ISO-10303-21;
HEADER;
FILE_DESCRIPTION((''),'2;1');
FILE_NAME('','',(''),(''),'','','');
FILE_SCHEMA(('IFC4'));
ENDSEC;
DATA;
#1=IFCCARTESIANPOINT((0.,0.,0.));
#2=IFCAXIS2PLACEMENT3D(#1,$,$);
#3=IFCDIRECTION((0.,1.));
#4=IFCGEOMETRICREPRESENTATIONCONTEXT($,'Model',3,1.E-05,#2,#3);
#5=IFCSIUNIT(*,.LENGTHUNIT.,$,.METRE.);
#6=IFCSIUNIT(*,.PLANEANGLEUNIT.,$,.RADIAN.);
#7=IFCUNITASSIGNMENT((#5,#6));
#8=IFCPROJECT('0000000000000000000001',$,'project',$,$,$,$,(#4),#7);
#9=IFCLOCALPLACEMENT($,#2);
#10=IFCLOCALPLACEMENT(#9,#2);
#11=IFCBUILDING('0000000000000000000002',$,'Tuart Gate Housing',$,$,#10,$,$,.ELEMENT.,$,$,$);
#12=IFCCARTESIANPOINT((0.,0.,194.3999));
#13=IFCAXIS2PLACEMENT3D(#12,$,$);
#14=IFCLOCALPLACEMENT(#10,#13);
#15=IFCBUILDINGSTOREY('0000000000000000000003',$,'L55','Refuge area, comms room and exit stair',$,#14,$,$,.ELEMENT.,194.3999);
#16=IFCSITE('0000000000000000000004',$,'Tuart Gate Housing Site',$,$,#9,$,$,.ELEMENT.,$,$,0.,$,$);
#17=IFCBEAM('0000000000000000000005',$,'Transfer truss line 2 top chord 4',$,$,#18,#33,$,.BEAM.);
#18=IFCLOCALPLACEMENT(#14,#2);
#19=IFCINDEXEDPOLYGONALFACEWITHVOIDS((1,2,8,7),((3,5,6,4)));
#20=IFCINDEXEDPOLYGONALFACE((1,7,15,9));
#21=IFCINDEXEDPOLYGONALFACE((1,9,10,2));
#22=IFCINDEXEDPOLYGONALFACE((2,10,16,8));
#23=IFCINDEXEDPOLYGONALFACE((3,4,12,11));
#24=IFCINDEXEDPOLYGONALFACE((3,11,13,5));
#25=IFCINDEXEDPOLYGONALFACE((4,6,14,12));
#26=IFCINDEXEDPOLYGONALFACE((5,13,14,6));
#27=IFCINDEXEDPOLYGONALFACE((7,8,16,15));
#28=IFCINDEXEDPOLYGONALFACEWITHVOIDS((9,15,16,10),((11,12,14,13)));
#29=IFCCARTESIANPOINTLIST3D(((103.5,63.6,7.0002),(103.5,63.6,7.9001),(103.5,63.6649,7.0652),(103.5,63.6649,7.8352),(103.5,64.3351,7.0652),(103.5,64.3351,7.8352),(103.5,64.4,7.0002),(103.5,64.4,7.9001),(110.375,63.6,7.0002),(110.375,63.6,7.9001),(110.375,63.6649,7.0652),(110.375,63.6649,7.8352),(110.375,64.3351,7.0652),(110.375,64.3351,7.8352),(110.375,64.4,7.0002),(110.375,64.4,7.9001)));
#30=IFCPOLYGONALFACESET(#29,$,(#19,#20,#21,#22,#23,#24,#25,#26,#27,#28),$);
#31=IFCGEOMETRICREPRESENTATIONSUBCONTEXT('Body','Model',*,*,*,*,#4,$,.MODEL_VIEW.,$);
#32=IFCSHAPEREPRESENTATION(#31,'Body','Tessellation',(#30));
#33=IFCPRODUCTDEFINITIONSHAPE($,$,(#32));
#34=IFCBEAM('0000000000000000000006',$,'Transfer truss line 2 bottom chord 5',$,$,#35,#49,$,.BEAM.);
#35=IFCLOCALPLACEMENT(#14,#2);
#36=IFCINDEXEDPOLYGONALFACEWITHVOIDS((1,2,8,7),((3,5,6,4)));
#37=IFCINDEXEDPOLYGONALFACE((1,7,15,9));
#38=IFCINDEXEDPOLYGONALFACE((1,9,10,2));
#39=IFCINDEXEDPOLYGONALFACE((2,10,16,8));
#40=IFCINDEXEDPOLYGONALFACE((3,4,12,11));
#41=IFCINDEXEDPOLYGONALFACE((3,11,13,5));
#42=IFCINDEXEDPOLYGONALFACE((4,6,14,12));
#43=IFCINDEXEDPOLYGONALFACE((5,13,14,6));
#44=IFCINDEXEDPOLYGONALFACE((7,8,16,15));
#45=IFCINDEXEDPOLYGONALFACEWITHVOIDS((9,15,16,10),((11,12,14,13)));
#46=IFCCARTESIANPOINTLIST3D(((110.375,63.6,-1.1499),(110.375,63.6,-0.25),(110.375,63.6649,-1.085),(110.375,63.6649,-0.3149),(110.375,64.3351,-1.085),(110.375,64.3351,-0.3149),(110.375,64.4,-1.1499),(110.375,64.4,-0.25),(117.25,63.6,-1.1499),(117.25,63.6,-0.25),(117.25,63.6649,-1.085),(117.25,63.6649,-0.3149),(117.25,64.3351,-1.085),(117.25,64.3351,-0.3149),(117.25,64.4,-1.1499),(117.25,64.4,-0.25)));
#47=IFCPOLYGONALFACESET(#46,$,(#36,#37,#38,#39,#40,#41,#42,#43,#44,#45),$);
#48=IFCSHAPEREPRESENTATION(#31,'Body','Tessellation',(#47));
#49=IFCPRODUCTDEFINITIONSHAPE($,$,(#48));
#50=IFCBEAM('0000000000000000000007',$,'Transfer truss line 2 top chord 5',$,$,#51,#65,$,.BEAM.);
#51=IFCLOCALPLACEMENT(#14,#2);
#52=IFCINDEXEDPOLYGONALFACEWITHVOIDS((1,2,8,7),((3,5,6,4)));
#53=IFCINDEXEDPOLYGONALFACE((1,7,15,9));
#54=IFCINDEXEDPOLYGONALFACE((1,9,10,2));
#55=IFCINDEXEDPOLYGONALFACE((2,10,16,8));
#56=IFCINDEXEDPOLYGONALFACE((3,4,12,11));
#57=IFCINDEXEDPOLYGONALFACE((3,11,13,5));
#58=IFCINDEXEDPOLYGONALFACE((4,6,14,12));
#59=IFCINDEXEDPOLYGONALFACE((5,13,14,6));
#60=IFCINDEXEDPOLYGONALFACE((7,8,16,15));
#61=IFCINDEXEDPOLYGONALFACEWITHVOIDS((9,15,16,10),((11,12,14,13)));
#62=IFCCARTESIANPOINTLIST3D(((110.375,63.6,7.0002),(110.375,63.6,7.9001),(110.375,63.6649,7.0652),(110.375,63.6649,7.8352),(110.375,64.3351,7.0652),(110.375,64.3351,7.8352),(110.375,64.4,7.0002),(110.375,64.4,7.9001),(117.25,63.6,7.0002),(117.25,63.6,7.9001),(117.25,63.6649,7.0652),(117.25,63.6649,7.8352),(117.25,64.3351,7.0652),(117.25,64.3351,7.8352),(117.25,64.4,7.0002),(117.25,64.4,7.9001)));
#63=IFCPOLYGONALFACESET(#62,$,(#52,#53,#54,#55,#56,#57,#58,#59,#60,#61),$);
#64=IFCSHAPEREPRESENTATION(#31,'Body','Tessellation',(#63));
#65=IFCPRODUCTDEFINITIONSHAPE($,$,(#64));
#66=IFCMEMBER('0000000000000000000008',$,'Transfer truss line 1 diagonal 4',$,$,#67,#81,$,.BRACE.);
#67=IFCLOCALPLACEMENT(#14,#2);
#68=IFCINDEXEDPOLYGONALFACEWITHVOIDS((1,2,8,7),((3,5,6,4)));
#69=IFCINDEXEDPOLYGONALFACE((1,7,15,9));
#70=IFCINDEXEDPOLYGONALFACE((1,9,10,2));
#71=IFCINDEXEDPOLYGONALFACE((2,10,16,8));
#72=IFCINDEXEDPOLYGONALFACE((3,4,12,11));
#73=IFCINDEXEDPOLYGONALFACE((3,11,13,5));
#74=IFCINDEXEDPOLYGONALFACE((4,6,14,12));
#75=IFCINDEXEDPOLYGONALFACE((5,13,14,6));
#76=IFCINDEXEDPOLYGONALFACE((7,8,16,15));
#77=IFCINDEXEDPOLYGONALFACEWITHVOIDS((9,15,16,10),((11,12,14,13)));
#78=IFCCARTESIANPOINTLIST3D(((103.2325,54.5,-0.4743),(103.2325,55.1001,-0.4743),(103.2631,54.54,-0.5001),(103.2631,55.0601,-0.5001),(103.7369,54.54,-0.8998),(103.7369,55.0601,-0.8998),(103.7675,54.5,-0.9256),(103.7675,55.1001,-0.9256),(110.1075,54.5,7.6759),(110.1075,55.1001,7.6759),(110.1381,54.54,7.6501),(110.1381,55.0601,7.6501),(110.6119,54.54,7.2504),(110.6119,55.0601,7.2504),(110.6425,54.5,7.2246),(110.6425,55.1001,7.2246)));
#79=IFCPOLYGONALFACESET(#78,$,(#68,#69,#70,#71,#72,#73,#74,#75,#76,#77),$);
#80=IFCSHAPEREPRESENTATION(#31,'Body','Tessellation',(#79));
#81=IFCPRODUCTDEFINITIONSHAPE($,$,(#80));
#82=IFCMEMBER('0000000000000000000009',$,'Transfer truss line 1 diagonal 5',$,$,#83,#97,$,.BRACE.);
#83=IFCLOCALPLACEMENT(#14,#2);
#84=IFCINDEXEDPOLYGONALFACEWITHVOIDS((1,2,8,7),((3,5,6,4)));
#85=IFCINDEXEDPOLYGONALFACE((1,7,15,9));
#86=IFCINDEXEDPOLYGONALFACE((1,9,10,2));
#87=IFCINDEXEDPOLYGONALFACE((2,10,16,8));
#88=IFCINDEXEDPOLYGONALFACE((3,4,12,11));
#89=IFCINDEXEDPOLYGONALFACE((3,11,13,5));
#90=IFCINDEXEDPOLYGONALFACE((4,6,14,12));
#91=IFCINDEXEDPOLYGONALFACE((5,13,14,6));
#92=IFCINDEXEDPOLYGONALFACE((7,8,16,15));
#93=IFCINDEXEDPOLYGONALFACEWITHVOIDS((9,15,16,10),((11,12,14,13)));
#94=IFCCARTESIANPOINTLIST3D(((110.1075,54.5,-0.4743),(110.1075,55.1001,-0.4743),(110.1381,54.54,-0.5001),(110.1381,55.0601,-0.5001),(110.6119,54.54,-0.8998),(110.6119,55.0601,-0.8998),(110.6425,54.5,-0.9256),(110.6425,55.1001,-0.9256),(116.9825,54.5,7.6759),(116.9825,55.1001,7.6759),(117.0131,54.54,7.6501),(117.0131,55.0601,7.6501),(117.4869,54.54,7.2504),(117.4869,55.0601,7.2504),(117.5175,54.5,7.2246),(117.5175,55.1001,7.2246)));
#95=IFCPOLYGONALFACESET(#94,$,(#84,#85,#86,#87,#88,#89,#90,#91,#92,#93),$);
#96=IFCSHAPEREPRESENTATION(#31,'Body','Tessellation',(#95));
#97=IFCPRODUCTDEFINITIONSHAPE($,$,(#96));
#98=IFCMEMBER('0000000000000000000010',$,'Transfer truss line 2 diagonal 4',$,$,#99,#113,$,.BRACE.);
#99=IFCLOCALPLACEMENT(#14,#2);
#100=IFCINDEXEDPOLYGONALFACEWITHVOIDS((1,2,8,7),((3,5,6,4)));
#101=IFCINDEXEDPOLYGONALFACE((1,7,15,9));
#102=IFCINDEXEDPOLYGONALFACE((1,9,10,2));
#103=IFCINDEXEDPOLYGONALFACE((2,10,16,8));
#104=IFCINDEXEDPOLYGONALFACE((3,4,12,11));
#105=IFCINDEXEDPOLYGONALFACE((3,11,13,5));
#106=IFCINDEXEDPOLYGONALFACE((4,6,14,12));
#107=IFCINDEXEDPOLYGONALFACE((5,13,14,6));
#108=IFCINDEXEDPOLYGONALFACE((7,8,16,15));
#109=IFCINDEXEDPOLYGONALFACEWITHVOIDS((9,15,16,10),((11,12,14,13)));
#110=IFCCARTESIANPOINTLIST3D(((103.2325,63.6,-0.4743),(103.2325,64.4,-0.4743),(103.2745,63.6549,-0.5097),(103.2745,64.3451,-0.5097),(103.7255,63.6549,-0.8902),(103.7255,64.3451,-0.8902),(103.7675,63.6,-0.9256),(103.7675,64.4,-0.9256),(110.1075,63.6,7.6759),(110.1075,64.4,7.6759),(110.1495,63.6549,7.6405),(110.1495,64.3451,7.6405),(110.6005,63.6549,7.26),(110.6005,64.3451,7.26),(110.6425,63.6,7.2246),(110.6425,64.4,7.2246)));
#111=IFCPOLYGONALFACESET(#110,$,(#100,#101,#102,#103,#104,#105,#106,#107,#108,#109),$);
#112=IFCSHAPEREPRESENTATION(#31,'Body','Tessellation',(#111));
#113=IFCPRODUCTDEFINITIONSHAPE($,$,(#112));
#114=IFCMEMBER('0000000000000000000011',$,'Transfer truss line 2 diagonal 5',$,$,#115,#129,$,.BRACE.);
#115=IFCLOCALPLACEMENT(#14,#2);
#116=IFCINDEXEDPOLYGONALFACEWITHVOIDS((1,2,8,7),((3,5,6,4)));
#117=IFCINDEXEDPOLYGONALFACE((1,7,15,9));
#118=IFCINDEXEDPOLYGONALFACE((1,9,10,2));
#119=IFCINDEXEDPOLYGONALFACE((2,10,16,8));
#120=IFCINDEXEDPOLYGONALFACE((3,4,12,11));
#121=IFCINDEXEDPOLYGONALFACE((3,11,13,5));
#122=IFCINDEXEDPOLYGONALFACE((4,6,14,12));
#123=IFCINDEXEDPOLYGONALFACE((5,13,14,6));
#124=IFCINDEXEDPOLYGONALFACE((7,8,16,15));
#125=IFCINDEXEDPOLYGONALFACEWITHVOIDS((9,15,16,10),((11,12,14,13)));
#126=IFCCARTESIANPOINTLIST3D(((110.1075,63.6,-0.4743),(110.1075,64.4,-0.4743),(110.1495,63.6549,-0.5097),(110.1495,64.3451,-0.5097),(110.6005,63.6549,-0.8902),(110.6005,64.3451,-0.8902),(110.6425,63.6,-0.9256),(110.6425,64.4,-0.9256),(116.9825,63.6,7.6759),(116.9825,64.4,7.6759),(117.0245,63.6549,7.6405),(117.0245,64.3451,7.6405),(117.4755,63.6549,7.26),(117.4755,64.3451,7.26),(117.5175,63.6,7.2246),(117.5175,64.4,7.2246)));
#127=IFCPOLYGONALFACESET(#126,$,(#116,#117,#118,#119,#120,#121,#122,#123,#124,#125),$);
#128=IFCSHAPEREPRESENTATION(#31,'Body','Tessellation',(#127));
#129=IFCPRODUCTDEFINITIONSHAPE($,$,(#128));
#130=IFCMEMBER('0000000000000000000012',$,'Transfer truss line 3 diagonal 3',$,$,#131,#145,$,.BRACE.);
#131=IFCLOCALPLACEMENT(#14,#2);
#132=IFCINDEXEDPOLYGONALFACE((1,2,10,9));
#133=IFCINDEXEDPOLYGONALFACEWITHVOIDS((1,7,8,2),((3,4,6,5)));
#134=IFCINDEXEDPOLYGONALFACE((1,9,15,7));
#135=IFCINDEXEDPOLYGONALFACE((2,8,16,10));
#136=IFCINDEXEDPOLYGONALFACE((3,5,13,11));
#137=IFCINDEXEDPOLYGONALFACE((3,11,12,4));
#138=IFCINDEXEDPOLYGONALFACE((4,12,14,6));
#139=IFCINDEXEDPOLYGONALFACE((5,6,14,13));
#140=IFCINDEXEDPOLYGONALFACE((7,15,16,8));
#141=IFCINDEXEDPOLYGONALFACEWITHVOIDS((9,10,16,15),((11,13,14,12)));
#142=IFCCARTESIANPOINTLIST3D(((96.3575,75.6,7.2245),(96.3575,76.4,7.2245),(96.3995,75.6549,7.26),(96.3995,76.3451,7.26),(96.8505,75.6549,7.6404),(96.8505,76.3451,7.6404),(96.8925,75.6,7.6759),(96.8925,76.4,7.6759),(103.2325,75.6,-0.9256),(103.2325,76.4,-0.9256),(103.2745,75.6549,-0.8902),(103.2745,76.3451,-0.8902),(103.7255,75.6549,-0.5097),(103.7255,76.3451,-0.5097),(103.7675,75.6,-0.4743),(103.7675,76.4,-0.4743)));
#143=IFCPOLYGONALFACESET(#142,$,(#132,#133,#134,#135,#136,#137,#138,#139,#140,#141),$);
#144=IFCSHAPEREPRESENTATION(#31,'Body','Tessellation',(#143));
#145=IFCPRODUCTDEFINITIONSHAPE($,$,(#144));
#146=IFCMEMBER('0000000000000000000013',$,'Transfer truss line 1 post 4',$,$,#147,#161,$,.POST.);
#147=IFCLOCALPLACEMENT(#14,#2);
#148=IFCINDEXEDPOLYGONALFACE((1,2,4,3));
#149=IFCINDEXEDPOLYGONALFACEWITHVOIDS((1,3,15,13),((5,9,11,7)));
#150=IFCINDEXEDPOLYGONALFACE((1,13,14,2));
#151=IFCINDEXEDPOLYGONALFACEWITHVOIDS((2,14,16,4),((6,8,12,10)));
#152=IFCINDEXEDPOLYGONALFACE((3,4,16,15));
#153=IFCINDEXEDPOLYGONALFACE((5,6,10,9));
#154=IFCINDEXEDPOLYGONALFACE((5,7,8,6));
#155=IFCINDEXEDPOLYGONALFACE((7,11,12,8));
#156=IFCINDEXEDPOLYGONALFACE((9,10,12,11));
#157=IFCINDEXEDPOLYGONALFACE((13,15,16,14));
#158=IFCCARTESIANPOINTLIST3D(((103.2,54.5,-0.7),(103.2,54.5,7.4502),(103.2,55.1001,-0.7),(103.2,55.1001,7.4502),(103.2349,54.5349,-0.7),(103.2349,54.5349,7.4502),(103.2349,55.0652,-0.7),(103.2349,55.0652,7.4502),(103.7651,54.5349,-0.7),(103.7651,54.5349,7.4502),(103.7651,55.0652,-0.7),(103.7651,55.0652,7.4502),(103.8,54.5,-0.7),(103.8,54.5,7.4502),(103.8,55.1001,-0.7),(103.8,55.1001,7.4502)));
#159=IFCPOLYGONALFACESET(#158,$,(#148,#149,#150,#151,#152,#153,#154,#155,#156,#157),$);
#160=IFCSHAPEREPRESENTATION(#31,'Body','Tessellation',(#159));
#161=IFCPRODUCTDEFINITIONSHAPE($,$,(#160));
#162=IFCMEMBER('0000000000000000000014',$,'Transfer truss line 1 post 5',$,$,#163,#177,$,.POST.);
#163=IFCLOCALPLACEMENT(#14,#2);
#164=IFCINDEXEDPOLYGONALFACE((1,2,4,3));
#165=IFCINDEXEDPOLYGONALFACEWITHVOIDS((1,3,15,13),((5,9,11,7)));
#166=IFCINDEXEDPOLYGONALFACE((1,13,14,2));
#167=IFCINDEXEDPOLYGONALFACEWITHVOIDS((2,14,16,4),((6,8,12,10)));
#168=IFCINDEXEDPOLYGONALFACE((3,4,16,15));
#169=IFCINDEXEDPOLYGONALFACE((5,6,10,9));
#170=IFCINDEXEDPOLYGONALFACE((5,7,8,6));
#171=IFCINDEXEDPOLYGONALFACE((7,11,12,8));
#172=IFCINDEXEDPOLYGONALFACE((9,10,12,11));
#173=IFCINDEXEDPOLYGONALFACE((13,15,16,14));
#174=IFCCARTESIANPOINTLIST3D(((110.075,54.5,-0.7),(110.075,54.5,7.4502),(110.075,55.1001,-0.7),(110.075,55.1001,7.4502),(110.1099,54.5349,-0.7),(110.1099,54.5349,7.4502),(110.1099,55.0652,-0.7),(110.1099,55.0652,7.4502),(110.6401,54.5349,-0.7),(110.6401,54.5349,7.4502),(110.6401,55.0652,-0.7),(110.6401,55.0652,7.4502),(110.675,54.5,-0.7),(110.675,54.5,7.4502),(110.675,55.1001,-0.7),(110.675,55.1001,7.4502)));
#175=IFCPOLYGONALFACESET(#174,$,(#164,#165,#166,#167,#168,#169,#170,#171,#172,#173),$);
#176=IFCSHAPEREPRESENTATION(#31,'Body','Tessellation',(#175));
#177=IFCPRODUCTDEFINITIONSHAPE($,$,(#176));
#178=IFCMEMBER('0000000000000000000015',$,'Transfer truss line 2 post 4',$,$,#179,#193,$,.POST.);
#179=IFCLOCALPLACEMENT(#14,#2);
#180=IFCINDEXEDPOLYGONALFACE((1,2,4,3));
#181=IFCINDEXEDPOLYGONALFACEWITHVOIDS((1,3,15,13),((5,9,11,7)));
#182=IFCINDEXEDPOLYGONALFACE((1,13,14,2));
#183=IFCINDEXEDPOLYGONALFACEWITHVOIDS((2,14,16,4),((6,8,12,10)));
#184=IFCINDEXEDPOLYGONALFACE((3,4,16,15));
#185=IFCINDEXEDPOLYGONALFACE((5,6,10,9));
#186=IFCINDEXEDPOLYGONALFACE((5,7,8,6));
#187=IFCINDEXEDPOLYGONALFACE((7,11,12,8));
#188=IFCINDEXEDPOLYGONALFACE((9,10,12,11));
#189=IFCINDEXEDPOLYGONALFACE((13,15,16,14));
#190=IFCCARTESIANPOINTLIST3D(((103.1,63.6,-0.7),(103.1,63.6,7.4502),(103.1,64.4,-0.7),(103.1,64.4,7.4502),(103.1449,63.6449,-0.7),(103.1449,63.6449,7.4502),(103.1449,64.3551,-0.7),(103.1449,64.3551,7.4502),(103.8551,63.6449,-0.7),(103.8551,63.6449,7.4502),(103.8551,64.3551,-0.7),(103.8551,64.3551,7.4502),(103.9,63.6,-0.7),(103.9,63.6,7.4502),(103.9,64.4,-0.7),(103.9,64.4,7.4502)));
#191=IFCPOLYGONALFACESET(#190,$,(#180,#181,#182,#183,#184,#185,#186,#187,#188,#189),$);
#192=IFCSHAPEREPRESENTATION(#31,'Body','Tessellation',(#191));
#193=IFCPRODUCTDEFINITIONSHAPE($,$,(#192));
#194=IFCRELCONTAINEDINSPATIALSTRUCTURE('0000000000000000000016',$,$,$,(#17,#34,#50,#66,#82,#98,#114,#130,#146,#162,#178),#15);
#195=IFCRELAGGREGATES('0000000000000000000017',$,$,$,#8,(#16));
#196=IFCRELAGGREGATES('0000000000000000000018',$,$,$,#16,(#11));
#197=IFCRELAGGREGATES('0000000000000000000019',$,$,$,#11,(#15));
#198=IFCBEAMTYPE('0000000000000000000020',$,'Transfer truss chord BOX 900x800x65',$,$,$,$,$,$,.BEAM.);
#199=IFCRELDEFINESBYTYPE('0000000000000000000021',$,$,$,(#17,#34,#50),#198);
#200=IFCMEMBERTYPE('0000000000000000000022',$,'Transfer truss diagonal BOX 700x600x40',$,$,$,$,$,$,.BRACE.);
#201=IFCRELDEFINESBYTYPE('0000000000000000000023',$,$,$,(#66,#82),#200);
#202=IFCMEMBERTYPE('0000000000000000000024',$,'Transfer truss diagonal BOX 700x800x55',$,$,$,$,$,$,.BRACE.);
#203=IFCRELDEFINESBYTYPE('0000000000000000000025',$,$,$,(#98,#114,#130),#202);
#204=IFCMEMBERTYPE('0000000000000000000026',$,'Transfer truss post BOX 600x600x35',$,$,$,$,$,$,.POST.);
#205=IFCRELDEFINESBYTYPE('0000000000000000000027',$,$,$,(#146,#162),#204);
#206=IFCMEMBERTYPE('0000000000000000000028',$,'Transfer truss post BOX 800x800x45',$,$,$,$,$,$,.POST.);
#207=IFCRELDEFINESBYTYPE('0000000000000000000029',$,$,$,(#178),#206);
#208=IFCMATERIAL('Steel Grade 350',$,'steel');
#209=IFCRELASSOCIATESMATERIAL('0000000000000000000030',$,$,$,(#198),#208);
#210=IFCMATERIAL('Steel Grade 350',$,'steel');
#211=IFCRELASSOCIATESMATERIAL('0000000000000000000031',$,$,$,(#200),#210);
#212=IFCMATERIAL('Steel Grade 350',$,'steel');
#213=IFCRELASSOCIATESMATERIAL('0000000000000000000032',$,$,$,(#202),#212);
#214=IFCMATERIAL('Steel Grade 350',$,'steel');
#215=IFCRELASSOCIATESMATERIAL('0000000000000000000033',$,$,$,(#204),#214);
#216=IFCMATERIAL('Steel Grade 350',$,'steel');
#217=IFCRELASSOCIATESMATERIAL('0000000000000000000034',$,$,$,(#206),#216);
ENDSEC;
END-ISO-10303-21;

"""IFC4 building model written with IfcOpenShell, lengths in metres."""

from ifc_helpers import new_model, si_unit, direction, frame, origin, origin_2d, place, context, subcontext, project, spatial, hollow_rectangle, extrude, material, material_profile, profile_set, type_object, element, save


model = new_model("IFC4")

# Units and contexts
model_context = context("Model", 3, precision=1e-05, world=origin(), true_north=direction((0.0, 1.0)))
body_context = subcontext(model_context, "Body", "Model", "MODEL_VIEW")
ifc_project = project(units=[si_unit("LENGTHUNIT", "METRE"), si_unit("PLANEANGLEUNIT", "RADIAN")], contexts=[model_context])

# Site, building, storey
site_placement = place(None, origin())
site = spatial("IfcSite", under=ifc_project, at=site_placement, Name="Tuart Gate Housing Site", CompositionType="ELEMENT", RefElevation=0.0)
building_placement = place(site_placement, origin())
building = spatial("IfcBuilding", under=site, at=building_placement, Name="Tuart Gate Housing", CompositionType="ELEMENT")
storey_placement = place(building_placement, frame((0.0, 0.0, 194.3999)))
storey = spatial("IfcBuildingStorey", under=building, at=storey_placement, Name="L55", Description="Refuge area, comms room and exit stair", CompositionType="ELEMENT", Elevation=194.3999)

# Beams
ifc_material_1 = material(Name="Steel Grade 350", Category="steel")
ifc_material_profile_1 = material_profile(ifc_material_1, hollow_rectangle(XDim=0.8, YDim=0.8999, WallThickness=0.0649, at=origin_2d()), Name="BOX 900x800x65")
ifc_profile_set_1 = profile_set([ifc_material_profile_1], Name="Steel Grade 350")
beam_type_1 = type_object("IfcBeamType", Name="Transfer truss chord BOX 900x800x65", PredefinedType="BEAM", material=ifc_profile_set_1)
for number, where, z_axis, x_axis, name in (
    (1, (103.5, 64.0, 7.4502), (1.0, 0.0, 0.0), (0.0, 1.0, 0.0), "Transfer truss line 2 top chord 4"),
    (2, (110.375, 64.0, -0.7), (1.0, 0.0, 0.0), (0.0, 1.0, 0.0), "Transfer truss line 2 bottom chord 5"),
    (3, (110.375, 64.0, 7.4502), (1.0, 0.0, 0.0), (0.0, 1.0, 0.0), "Transfer truss line 2 top chord 5"),
):
    element("IfcBeam", number, at=place(storey_placement, frame(where, z_axis=z_axis, x_axis=x_axis)), inside=storey, type_object=beam_type_1, Name=name, PredefinedType="BEAM", context=body_context, shape_type="SweptSolid", body=[
        extrude(hollow_rectangle(XDim=0.8, YDim=0.8999, WallThickness=0.0649, at=origin_2d()), origin(), (0.0, 0.0, 1.0), 6.875),
    ])

# Members
ifc_material_2 = material(Name="Steel Grade 350", Category="steel")
ifc_material_profile_2 = material_profile(ifc_material_2, hollow_rectangle(XDim=0.6001, YDim=0.7, WallThickness=0.04, at=origin_2d()), Name="BOX 700x600x40")
ifc_profile_set_2 = profile_set([ifc_material_profile_2], Name="Steel Grade 350")
member_type_1 = type_object("IfcMemberType", Name="Transfer truss diagonal BOX 700x600x40", PredefinedType="BRACE", material=ifc_profile_set_2)
for number, where, z_axis, x_axis, name in (
    (4, (103.5, 54.8, -0.7), (0.644779, 0.0, 0.764369), (0.0, 1.0, 0.0), "Transfer truss line 1 diagonal 4"),
    (5, (110.375, 54.8, -0.7), (0.644779, 0.0, 0.764369), (0.0, 1.0, 0.0), "Transfer truss line 1 diagonal 5"),
):
    element("IfcMember", number, at=place(storey_placement, frame(where, z_axis=z_axis, x_axis=x_axis)), inside=storey, type_object=member_type_1, Name=name, PredefinedType="BRACE", context=body_context, shape_type="SweptSolid", body=[
        extrude(hollow_rectangle(XDim=0.6001, YDim=0.7, WallThickness=0.04, at=origin_2d()), origin(), (0.0, 0.0, 1.0), 10.6626),
    ])
ifc_material_3 = material(Name="Steel Grade 350", Category="steel")
ifc_material_profile_3 = material_profile(ifc_material_3, hollow_rectangle(XDim=0.8, YDim=0.7, WallThickness=0.0549, at=origin_2d()), Name="BOX 700x800x55")
ifc_profile_set_3 = profile_set([ifc_material_profile_3], Name="Steel Grade 350")
member_type_2 = type_object("IfcMemberType", Name="Transfer truss diagonal BOX 700x800x55", PredefinedType="BRACE", material=ifc_profile_set_3)
for number, where, z_axis, x_axis, name in (
    (6, (103.5, 64.0, -0.7), (0.644779, 0.0, 0.764369), (0.0, 1.0, 0.0), "Transfer truss line 2 diagonal 4"),
    (7, (110.375, 64.0, -0.7), (0.644779, 0.0, 0.764369), (0.0, 1.0, 0.0), "Transfer truss line 2 diagonal 5"),
    (8, (96.625, 76.0, 7.4502), (0.644779, 0.0, -0.764369), (0.0, 1.0, 0.0), "Transfer truss line 3 diagonal 3"),
):
    element("IfcMember", number, at=place(storey_placement, frame(where, z_axis=z_axis, x_axis=x_axis)), inside=storey, type_object=member_type_2, Name=name, PredefinedType="BRACE", context=body_context, shape_type="SweptSolid", body=[
        extrude(hollow_rectangle(XDim=0.8, YDim=0.7, WallThickness=0.0549, at=origin_2d()), origin(), (0.0, 0.0, 1.0), 10.6626),
    ])
ifc_material_4 = material(Name="Steel Grade 350", Category="steel")
ifc_material_profile_4 = material_profile(ifc_material_4, hollow_rectangle(XDim=0.6001, YDim=0.6001, WallThickness=0.0349, at=origin_2d()), Name="BOX 600x600x35")
ifc_profile_set_4 = profile_set([ifc_material_profile_4], Name="Steel Grade 350")
member_type_3 = type_object("IfcMemberType", Name="Transfer truss post BOX 600x600x35", PredefinedType="POST", material=ifc_profile_set_4)
for number, where, z_axis, x_axis, name in (
    (9, (103.5, 54.8, -0.7), (0.0, 0.0, 1.0), (1.0, 0.0, 0.0), "Transfer truss line 1 post 4"),
    (10, (110.375, 54.8, -0.7), (0.0, 0.0, 1.0), (1.0, 0.0, 0.0), "Transfer truss line 1 post 5"),
):
    element("IfcMember", number, at=place(storey_placement, frame(where, z_axis=z_axis, x_axis=x_axis)), inside=storey, type_object=member_type_3, Name=name, PredefinedType="POST", context=body_context, shape_type="SweptSolid", body=[
        extrude(hollow_rectangle(XDim=0.6001, YDim=0.6001, WallThickness=0.0349, at=origin_2d()), origin(), (0.0, 0.0, 1.0), 8.1501),
    ])
ifc_material_5 = material(Name="Steel Grade 350", Category="steel")
ifc_material_profile_5 = material_profile(ifc_material_5, hollow_rectangle(XDim=0.8, YDim=0.8, WallThickness=0.0449, at=origin_2d()), Name="BOX 800x800x45")
ifc_profile_set_5 = profile_set([ifc_material_profile_5], Name="Steel Grade 350")
member_type_4 = type_object("IfcMemberType", Name="Transfer truss post BOX 800x800x45", PredefinedType="POST", material=ifc_profile_set_5)
for number, where, z_axis, x_axis, name in (
    (11, (103.5, 64.0, -0.7), (0.0, 0.0, 1.0), (1.0, 0.0, 0.0), "Transfer truss line 2 post 4"),
):
    element("IfcMember", number, at=place(storey_placement, frame(where, z_axis=z_axis, x_axis=x_axis)), inside=storey, type_object=member_type_4, Name=name, PredefinedType="POST", context=body_context, shape_type="SweptSolid", body=[
        extrude(hollow_rectangle(XDim=0.8, YDim=0.8, WallThickness=0.0449, at=origin_2d()), origin(), (0.0, 0.0, 1.0), 8.1501),
    ])

save(model, "model.ifc")
